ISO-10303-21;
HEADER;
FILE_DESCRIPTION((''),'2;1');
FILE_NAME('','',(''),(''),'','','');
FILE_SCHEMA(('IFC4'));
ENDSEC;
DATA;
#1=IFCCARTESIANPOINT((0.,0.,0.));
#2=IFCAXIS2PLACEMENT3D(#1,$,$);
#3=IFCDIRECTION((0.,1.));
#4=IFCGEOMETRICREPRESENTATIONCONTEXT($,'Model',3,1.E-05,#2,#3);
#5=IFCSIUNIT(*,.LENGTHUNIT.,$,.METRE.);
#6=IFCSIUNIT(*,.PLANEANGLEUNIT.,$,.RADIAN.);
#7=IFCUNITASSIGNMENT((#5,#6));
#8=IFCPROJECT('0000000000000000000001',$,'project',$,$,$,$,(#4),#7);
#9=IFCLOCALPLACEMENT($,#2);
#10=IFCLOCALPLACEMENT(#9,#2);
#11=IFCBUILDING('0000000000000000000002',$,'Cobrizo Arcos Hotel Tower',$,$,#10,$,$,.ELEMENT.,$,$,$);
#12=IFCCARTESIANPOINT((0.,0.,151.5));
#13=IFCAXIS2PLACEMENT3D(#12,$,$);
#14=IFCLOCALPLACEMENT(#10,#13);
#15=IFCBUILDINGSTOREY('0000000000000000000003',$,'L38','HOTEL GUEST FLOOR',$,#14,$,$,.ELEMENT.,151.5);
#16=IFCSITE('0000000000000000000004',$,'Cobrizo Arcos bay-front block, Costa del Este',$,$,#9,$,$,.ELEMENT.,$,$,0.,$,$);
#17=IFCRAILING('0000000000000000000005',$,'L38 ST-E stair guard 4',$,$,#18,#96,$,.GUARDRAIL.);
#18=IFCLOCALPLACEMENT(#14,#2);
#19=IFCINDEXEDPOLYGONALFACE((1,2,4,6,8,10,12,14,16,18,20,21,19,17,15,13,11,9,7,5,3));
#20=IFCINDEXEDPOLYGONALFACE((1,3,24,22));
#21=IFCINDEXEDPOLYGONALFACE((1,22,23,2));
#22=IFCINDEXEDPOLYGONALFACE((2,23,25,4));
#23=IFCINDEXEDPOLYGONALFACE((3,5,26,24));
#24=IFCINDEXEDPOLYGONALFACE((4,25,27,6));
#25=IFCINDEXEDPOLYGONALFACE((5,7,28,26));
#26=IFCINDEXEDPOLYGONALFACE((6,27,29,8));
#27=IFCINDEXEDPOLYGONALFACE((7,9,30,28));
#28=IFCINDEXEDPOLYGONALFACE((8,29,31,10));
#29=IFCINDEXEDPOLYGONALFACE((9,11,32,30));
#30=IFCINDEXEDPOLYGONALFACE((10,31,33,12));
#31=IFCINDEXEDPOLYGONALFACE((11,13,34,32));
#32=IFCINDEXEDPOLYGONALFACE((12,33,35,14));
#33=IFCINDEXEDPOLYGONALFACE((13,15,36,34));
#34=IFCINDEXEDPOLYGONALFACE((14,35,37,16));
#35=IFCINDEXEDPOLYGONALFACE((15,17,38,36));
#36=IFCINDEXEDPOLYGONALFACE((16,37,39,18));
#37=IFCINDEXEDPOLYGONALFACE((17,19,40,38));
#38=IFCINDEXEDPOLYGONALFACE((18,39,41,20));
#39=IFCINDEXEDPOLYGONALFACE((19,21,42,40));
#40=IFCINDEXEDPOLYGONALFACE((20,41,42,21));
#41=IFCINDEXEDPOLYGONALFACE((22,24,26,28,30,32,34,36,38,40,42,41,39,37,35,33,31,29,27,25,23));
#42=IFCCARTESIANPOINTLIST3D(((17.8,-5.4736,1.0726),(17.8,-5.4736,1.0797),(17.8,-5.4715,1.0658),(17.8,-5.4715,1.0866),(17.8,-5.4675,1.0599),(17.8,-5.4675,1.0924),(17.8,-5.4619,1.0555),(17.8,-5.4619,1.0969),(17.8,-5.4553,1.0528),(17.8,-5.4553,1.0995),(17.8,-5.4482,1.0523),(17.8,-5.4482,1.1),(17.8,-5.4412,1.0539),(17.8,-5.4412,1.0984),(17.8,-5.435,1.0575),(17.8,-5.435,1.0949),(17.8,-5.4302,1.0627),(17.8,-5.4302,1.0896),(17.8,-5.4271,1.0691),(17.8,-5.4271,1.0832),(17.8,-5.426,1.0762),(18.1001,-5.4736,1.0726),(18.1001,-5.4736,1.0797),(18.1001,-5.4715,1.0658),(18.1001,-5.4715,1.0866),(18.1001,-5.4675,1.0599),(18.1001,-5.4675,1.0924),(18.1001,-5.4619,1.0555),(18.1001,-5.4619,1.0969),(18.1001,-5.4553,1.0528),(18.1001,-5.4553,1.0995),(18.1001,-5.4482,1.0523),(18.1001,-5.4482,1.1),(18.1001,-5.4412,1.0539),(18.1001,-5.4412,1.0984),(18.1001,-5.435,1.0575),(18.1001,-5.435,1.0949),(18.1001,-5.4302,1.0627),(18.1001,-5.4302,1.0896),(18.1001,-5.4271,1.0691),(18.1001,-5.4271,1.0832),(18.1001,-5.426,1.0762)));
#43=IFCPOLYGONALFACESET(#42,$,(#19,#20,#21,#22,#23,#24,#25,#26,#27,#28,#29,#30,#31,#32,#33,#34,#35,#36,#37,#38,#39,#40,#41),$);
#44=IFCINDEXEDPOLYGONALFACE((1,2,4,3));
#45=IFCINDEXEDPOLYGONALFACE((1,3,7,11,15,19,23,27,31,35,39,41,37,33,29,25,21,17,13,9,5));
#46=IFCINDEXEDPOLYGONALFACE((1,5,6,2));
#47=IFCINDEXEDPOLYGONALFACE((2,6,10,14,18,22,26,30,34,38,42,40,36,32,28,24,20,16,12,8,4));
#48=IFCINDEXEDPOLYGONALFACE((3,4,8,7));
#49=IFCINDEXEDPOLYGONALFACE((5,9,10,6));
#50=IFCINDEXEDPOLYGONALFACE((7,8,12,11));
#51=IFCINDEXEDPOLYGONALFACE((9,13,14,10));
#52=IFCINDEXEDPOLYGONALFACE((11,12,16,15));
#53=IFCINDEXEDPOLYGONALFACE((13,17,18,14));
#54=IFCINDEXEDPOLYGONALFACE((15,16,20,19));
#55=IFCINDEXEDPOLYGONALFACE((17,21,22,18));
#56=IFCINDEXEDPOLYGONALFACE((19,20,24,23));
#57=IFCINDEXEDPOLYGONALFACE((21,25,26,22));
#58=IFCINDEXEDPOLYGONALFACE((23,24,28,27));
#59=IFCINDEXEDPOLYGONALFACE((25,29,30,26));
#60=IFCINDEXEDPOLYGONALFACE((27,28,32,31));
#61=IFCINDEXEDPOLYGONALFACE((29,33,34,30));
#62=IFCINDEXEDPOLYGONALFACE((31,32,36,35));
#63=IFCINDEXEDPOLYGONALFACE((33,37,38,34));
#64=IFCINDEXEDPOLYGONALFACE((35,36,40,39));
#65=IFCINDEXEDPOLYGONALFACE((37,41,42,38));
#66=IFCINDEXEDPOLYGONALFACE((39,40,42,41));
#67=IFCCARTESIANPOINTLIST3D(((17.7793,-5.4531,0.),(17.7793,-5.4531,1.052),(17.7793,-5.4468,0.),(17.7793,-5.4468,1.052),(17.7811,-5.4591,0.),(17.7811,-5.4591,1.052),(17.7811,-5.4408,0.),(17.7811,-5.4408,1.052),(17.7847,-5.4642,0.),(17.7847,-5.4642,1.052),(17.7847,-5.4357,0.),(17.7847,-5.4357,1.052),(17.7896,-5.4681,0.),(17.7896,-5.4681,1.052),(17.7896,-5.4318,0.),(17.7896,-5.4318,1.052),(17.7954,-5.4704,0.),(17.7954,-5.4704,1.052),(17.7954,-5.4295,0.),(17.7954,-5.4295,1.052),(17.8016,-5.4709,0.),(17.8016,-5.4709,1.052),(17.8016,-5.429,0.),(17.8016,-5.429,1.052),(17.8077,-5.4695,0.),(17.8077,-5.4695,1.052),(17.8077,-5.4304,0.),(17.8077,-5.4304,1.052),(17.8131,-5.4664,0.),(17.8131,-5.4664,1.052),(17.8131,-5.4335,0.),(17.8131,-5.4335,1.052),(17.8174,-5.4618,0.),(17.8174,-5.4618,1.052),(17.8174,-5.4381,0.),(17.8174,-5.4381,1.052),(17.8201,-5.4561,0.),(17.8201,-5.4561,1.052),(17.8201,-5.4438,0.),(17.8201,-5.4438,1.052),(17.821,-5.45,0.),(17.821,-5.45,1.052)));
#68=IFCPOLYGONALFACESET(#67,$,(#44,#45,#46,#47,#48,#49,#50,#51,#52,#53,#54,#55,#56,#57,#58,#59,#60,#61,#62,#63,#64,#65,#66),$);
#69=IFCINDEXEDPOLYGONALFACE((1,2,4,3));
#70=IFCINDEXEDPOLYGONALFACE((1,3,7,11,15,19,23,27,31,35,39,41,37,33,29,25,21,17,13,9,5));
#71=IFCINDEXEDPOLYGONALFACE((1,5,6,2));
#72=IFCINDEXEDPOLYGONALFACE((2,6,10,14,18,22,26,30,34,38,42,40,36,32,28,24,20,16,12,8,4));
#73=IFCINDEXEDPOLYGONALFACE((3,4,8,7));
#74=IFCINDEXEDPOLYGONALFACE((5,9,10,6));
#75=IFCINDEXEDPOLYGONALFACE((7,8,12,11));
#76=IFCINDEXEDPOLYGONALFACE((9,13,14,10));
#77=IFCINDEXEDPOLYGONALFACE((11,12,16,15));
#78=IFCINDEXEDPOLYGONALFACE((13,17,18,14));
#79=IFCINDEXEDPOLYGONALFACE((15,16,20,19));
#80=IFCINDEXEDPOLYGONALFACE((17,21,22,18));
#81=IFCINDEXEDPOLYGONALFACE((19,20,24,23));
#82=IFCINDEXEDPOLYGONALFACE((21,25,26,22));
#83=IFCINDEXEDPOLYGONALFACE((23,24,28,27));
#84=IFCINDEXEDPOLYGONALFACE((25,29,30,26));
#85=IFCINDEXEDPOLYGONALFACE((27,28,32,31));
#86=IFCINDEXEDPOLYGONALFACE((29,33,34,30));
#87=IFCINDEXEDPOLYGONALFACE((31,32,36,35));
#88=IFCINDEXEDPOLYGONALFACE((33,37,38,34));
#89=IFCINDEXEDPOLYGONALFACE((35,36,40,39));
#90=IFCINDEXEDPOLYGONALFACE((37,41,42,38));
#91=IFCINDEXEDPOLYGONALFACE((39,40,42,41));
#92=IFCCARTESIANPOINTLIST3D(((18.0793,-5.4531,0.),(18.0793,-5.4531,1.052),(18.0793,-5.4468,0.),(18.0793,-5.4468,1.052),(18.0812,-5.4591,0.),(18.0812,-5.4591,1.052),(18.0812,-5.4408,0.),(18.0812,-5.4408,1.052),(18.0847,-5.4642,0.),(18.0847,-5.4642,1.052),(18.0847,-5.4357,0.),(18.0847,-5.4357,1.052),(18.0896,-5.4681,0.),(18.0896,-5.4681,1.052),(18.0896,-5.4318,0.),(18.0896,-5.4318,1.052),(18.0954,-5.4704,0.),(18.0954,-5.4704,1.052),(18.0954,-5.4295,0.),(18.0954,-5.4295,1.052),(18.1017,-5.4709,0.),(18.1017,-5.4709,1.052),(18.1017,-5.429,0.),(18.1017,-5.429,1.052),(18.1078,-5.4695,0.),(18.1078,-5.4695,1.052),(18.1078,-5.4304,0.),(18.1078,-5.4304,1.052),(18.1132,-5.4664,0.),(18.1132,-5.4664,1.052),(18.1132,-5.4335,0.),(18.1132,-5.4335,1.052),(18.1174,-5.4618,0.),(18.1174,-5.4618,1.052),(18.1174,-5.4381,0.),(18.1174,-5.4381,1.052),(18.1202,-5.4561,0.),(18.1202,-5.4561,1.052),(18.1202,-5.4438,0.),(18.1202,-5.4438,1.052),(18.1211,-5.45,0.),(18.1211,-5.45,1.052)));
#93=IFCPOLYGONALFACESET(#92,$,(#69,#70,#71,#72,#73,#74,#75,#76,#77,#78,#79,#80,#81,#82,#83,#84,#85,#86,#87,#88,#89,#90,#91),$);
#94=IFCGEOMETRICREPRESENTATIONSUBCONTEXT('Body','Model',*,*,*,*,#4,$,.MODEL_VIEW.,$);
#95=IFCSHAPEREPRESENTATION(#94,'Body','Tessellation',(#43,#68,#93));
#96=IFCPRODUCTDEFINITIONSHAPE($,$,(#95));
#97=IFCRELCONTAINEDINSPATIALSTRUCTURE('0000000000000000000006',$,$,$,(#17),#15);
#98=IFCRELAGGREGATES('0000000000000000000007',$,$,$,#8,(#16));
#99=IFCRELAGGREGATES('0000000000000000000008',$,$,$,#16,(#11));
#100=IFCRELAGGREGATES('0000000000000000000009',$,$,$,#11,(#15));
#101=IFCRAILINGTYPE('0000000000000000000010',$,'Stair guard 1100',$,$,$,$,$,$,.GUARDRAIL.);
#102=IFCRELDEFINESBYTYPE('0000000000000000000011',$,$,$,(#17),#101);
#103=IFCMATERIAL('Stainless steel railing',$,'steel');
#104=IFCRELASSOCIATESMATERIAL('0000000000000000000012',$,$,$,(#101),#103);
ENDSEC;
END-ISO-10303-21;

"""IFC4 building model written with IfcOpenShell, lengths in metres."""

from ifc_helpers import new_model, si_unit, direction, frame, origin, origin_2d, place, context, subcontext, project, spatial, circle, extrude, material, type_object, element, save


model = new_model("IFC4")

# Units and contexts
model_context = context("Model", 3, precision=1e-05, world=origin(), true_north=direction((0.0, 1.0)))
body_context = subcontext(model_context, "Body", "Model", "MODEL_VIEW")
ifc_project = project(units=[si_unit("LENGTHUNIT", "METRE"), si_unit("PLANEANGLEUNIT", "RADIAN")], contexts=[model_context])

# Site, building, storey
site_placement = place(None, origin())
site = spatial("IfcSite", under=ifc_project, at=site_placement, Name="Cobrizo Arcos bay-front block, Costa del Este", CompositionType="ELEMENT", RefElevation=0.0)
building_placement = place(site_placement, origin())
building = spatial("IfcBuilding", under=site, at=building_placement, Name="Cobrizo Arcos Hotel Tower", CompositionType="ELEMENT")
storey_placement = place(building_placement, frame((0.0, 0.0, 151.5)))
storey = spatial("IfcBuildingStorey", under=building, at=storey_placement, Name="L38", Description="HOTEL GUEST FLOOR", CompositionType="ELEMENT", Elevation=151.5)

# Railing
ifc_material_1 = material(Name="Stainless steel railing", Category="steel")
railing_type = type_object("IfcRailingType", Name="Stair guard 1100", PredefinedType="GUARDRAIL", material=ifc_material_1)
railing_placement = place(storey_placement, frame((17.8, -5.45, 0.0)))
element("IfcRailing", 1, at=railing_placement, inside=storey, type_object=railing_type, Name="L38 ST-E stair guard 4", PredefinedType="GUARDRAIL", context=body_context, shape_type="SweptSolid", body=[
    extrude(circle(Radius=0.0239, at=origin_2d()), frame((0.0, 0.0, 1.0762), z_axis=(1.0, 0.0, 0.0), x_axis=(0.0, 1.0, 0.0)), (0.0, 0.0, 1.0), 0.3),
    extrude(circle(Radius=0.021, at=origin_2d()), origin(), (0.0, 0.0, 1.0), 1.052),
    extrude(circle(Radius=0.021, at=origin_2d()), frame((0.3, 0.0, 0.0)), (0.0, 0.0, 1.0), 1.052),
])

save(model, "model.ifc")
